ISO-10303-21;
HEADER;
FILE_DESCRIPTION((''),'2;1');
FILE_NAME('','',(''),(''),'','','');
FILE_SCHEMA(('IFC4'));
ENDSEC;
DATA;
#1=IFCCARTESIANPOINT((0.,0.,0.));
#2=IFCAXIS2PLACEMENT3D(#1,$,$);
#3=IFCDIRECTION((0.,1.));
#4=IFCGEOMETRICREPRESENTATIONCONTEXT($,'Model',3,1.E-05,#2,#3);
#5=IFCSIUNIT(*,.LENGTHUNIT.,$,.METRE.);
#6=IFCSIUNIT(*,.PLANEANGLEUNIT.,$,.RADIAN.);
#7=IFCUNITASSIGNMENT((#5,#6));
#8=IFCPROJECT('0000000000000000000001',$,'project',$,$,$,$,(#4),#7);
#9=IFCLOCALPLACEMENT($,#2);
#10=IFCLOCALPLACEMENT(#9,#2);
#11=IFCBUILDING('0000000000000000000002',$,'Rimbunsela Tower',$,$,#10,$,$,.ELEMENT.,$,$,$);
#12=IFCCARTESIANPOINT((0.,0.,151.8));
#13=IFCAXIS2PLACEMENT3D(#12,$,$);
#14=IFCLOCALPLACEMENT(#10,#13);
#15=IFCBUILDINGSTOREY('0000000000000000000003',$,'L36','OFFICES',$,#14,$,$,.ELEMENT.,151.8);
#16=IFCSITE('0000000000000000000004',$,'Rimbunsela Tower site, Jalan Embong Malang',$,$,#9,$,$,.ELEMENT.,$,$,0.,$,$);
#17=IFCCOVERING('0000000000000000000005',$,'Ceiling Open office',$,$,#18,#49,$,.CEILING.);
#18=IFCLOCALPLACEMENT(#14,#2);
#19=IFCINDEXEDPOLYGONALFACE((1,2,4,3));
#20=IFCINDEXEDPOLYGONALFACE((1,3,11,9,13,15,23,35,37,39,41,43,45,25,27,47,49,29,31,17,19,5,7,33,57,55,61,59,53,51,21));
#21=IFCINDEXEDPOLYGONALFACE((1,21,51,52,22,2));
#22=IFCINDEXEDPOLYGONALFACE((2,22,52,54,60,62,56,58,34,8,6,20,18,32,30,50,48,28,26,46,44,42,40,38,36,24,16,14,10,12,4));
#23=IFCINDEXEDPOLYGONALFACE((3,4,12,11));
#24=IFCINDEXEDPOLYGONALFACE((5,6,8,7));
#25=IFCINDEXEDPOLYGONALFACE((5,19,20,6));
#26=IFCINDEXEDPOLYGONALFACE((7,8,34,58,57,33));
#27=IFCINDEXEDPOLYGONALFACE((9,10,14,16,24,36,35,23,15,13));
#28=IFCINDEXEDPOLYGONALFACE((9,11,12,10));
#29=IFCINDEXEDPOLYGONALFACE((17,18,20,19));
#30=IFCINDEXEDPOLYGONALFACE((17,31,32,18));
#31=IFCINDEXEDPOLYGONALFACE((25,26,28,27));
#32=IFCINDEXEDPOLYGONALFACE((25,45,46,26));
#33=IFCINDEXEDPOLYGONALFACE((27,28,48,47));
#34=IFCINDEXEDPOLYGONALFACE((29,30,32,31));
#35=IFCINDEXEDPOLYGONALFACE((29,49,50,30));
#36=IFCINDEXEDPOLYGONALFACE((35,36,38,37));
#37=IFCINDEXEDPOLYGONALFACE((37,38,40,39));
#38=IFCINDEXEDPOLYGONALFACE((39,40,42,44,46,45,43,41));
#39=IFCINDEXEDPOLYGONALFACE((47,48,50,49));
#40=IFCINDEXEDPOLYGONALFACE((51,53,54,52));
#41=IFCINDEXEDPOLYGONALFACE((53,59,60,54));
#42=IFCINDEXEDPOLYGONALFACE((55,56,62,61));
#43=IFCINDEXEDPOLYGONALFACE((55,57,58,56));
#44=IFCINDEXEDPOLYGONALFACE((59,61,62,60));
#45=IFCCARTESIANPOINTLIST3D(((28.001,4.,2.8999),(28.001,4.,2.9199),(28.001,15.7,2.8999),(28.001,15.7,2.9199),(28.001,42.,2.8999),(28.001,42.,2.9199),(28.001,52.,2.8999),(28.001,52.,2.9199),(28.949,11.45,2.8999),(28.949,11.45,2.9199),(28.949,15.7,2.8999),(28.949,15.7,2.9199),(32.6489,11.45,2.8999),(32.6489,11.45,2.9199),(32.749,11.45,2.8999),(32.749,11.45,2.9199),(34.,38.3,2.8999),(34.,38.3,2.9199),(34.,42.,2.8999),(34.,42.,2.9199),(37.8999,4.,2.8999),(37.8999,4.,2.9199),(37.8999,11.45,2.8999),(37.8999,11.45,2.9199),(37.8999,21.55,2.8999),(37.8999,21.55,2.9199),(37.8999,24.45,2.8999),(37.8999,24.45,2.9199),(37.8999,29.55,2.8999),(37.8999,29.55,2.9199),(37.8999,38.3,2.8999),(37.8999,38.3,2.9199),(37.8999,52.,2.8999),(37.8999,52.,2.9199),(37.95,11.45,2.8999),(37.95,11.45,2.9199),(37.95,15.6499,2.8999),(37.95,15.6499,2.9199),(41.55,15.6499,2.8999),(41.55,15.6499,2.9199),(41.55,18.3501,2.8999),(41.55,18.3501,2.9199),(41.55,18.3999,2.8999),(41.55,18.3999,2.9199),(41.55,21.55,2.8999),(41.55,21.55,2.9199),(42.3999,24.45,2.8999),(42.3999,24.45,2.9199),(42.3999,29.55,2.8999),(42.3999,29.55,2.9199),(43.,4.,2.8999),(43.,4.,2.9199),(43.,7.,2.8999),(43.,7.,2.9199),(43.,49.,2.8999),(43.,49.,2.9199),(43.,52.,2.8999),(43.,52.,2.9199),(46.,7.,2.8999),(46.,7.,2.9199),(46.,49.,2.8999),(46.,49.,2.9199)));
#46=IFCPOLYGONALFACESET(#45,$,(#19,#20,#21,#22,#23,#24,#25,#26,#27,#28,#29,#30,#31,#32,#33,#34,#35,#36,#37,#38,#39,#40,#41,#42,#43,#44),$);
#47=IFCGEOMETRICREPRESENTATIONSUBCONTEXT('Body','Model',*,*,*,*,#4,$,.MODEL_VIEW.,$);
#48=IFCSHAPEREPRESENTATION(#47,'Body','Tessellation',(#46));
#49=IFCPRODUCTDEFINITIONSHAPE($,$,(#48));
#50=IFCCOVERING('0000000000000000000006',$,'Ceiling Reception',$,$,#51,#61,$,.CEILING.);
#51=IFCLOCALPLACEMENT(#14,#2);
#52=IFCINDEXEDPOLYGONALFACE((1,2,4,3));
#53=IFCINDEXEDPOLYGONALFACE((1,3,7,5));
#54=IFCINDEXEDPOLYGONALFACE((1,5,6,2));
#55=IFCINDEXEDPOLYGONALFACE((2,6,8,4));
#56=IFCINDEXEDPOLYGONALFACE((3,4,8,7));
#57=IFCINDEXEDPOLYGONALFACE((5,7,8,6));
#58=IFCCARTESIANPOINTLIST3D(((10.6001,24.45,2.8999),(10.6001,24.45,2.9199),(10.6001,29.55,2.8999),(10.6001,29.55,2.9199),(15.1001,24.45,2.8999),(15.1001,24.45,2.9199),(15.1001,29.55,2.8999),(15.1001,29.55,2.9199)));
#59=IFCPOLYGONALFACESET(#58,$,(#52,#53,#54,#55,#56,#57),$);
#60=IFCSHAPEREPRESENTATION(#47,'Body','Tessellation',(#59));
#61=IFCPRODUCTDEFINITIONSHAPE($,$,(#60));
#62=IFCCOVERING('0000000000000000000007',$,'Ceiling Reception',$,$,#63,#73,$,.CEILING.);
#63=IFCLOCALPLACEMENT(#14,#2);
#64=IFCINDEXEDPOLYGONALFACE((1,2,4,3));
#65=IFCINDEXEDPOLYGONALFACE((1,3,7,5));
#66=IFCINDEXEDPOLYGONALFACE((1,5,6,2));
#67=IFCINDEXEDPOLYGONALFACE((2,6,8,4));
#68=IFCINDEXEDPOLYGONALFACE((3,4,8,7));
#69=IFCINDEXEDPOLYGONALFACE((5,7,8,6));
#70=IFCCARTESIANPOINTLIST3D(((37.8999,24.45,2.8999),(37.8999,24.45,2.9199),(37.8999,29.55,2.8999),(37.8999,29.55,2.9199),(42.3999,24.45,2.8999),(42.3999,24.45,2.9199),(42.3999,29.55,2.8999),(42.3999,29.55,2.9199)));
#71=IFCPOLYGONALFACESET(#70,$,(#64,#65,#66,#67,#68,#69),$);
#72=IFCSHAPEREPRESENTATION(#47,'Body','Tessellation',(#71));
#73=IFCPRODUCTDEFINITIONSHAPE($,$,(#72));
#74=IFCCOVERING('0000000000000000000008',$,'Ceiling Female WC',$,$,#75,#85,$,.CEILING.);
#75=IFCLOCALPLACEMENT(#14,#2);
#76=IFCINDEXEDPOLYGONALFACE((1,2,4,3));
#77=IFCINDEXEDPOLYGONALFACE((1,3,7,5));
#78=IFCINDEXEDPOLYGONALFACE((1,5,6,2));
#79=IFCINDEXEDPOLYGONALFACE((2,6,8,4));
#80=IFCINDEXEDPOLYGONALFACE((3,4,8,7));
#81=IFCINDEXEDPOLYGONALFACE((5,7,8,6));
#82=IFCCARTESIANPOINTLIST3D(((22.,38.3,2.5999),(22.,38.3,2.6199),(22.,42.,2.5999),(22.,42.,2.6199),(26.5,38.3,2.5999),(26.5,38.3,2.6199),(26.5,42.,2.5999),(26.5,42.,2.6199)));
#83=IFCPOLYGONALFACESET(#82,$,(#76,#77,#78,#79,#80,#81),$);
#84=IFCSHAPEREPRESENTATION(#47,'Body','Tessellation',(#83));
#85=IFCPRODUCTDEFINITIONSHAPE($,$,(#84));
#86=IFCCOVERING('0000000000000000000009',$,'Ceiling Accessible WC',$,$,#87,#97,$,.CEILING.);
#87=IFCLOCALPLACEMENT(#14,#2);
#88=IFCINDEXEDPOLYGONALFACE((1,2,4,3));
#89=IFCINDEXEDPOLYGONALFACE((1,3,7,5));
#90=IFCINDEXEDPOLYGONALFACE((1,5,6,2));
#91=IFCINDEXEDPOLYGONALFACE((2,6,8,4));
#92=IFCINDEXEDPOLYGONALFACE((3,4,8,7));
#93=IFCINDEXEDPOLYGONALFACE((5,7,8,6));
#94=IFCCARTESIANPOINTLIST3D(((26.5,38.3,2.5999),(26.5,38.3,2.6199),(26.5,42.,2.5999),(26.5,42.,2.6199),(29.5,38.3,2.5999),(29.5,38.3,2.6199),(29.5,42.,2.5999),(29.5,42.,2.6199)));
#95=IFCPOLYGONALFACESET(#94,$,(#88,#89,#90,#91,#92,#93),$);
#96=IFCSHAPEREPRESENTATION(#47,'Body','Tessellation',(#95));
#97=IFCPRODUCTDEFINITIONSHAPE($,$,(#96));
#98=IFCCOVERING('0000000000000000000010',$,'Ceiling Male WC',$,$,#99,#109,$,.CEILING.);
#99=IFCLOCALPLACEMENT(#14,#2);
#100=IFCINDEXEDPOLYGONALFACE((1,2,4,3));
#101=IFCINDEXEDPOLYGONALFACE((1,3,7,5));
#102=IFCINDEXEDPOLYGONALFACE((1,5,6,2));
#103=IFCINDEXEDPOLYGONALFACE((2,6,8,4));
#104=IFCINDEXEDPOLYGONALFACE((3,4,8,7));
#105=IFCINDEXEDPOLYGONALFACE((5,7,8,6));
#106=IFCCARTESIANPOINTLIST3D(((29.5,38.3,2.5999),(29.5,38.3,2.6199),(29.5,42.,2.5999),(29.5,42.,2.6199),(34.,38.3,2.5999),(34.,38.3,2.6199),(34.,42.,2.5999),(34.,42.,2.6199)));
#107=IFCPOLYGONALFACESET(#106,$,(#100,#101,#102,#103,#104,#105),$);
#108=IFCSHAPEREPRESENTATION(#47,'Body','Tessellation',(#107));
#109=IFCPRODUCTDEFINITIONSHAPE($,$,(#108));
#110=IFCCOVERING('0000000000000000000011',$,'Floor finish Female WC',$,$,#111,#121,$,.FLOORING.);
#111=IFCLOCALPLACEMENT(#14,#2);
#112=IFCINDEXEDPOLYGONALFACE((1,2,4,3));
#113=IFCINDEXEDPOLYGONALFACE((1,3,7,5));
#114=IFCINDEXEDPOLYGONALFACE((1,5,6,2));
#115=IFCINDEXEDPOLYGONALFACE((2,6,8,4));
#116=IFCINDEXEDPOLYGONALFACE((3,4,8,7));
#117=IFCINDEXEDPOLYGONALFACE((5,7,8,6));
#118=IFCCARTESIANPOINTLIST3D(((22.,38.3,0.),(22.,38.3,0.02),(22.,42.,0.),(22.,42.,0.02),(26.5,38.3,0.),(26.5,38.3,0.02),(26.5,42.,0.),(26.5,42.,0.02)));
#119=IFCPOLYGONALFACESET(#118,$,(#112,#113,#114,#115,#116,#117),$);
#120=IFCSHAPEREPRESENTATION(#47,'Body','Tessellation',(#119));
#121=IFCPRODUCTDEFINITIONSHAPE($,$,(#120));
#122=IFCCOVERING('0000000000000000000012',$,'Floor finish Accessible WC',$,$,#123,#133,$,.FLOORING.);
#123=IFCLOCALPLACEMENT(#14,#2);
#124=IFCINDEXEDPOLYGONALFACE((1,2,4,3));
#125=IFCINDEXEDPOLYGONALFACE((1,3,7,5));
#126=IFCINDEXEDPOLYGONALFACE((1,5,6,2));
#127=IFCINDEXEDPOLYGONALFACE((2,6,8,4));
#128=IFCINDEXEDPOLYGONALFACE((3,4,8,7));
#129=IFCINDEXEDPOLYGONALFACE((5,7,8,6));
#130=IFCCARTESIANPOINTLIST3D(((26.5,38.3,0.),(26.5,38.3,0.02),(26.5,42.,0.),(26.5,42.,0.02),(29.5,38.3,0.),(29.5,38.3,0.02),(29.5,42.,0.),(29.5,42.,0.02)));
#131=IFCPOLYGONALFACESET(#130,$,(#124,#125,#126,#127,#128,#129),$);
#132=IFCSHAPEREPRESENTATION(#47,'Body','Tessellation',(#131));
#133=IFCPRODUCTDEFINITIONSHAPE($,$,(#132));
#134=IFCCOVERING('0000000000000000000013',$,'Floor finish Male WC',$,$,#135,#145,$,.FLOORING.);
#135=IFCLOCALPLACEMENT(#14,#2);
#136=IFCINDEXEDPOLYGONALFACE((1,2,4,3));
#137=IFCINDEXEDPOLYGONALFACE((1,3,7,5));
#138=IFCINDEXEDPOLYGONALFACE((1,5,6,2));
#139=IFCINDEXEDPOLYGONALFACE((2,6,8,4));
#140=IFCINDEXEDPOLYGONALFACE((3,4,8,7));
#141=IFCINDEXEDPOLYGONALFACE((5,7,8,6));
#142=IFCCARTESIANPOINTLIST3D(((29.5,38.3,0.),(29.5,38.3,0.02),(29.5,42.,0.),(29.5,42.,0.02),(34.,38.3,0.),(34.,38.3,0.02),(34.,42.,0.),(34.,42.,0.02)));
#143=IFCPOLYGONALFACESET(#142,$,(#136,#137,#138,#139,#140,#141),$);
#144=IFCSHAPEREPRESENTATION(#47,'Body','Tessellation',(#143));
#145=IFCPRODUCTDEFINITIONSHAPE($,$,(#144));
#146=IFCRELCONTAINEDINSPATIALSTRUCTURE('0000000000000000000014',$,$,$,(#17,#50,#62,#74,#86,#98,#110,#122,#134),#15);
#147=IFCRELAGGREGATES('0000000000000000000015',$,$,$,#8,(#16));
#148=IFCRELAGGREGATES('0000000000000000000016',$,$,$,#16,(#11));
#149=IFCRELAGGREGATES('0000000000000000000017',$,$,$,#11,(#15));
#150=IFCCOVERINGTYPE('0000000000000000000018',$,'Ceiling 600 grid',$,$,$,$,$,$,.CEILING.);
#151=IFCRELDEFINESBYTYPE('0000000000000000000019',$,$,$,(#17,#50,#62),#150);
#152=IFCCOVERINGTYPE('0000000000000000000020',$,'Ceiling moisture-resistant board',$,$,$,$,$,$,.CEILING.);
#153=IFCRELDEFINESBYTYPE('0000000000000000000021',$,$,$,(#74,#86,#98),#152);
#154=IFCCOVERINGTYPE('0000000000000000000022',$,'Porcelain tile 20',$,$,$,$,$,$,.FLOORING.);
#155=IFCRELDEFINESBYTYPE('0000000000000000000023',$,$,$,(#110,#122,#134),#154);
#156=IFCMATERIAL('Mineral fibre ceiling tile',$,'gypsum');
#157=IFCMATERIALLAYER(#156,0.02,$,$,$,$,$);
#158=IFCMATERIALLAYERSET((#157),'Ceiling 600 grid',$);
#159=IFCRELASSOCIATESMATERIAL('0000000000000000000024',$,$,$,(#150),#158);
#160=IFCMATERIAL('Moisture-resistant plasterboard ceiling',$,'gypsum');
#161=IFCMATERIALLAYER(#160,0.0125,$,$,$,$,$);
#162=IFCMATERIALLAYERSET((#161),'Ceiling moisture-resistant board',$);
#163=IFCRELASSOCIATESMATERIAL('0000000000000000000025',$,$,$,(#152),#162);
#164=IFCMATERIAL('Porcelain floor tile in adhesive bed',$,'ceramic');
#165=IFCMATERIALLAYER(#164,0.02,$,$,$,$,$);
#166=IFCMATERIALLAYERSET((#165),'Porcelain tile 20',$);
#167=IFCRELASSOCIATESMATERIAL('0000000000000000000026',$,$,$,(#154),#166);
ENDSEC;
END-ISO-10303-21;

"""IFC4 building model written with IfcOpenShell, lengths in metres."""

from ifc_helpers import new_model, si_unit, direction, frame, origin, place, context, subcontext, project, spatial, polyline, outline, extrude, material, layer, layer_set, type_object, element, save


model = new_model("IFC4")

# Units and contexts
model_context = context("Model", 3, precision=1e-05, world=origin(), true_north=direction((0.0, 1.0)))
body_context = subcontext(model_context, "Body", "Model", "MODEL_VIEW")
ifc_project = project(units=[si_unit("LENGTHUNIT", "METRE"), si_unit("PLANEANGLEUNIT", "RADIAN")], contexts=[model_context])

# Site, building, storey
site_placement = place(None, origin())
site = spatial("IfcSite", under=ifc_project, at=site_placement, Name="Rimbunsela Tower site, Jalan Embong Malang", CompositionType="ELEMENT", RefElevation=0.0)
building_placement = place(site_placement, origin())
building = spatial("IfcBuilding", under=site, at=building_placement, Name="Rimbunsela Tower", CompositionType="ELEMENT")
storey_placement = place(building_placement, frame((0.0, 0.0, 151.8)))
storey = spatial("IfcBuildingStorey", under=building, at=storey_placement, Name="L36", Description="OFFICES", CompositionType="ELEMENT", Elevation=151.8)

# Coverings
ifc_material_1 = material(Name="Mineral fibre ceiling tile", Category="gypsum")
ifc_layer_1 = layer(ifc_material_1, 0.02)
ifc_layer_set_1 = layer_set([ifc_layer_1], Name="Ceiling 600 grid")
covering_type_1 = type_object("IfcCoveringType", Name="Ceiling 600 grid", PredefinedType="CEILING", material=ifc_layer_set_1)
covering_1_placement = place(storey_placement, frame((0.0, 0.0, 2.8999)))
element("IfcCovering", 1, at=covering_1_placement, inside=storey, type_object=covering_type_1, Name="Ceiling Open office", PredefinedType="CEILING", context=body_context, shape_type="SweptSolid", body=[
    extrude(outline(polyline([(28.001, 15.7), (28.949, 15.7), (28.949, 11.45), (32.6489, 11.45), (32.749, 11.45), (37.8999, 11.45), (37.95, 11.45), (37.95, 15.6499), (41.55, 15.6499), (41.55, 18.3501), (41.55, 18.3999), (41.55, 21.55), (37.8999, 21.55), (37.8999, 24.45), (42.3999, 24.45), (42.3999, 29.55), (37.8999, 29.55), (37.8999, 38.3), (34.0, 38.3), (34.0, 42.0), (28.001, 42.0), (28.001, 52.0), (37.8999, 52.0), (43.0, 52.0), (43.0, 49.0), (46.0, 49.0), (46.0, 7.0), (43.0, 7.0), (43.0, 4.0), (37.8999, 4.0), (28.001, 4.0), (28.001, 15.7)])), origin(), (0.0, 0.0, 1.0), 0.02),
])
covering_2_placement = place(storey_placement, frame((0.0, 0.0, 2.8999)))
element("IfcCovering", 2, at=covering_2_placement, inside=storey, type_object=covering_type_1, Name="Ceiling Reception", PredefinedType="CEILING", context=body_context, shape_type="SweptSolid", body=[
    extrude(outline(polyline([(15.1001, 24.45), (15.1001, 29.55), (10.6001, 29.55), (10.6001, 24.45), (15.1001, 24.45)])), origin(), (0.0, 0.0, 1.0), 0.02),
])
covering_3_placement = place(storey_placement, frame((0.0, 0.0, 2.8999)))
element("IfcCovering", 3, at=covering_3_placement, inside=storey, type_object=covering_type_1, Name="Ceiling Reception", PredefinedType="CEILING", context=body_context, shape_type="SweptSolid", body=[
    extrude(outline(polyline([(42.3999, 24.45), (42.3999, 29.55), (37.8999, 29.55), (37.8999, 24.45), (42.3999, 24.45)])), origin(), (0.0, 0.0, 1.0), 0.02),
])
ifc_material_2 = material(Name="Moisture-resistant plasterboard ceiling", Category="gypsum")
ifc_layer_2 = layer(ifc_material_2, 0.0125)
ifc_layer_set_2 = layer_set([ifc_layer_2], Name="Ceiling moisture-resistant board")
covering_type_2 = type_object("IfcCoveringType", Name="Ceiling moisture-resistant board", PredefinedType="CEILING", material=ifc_layer_set_2)
covering_4_placement = place(storey_placement, frame((0.0, 0.0, 2.5999)))
element("IfcCovering", 4, at=covering_4_placement, inside=storey, type_object=covering_type_2, Name="Ceiling Female WC", PredefinedType="CEILING", context=body_context, shape_type="SweptSolid", body=[
    extrude(outline(polyline([(26.5, 38.3), (26.5, 42.0), (22.0, 42.0), (22.0, 38.3), (26.5, 38.3)])), origin(), (0.0, 0.0, 1.0), 0.02),
])
covering_5_placement = place(storey_placement, frame((0.0, 0.0, 2.5999)))
element("IfcCovering", 5, at=covering_5_placement, inside=storey, type_object=covering_type_2, Name="Ceiling Accessible WC", PredefinedType="CEILING", context=body_context, shape_type="SweptSolid", body=[
    extrude(outline(polyline([(29.5, 38.3), (29.5, 42.0), (26.5, 42.0), (26.5, 38.3), (29.5, 38.3)])), origin(), (0.0, 0.0, 1.0), 0.02),
])
covering_6_placement = place(storey_placement, frame((0.0, 0.0, 2.5999)))
element("IfcCovering", 6, at=covering_6_placement, inside=storey, type_object=covering_type_2, Name="Ceiling Male WC", PredefinedType="CEILING", context=body_context, shape_type="SweptSolid", body=[
    extrude(outline(polyline([(34.0, 38.3), (34.0, 42.0), (29.5, 42.0), (29.5, 38.3), (34.0, 38.3)])), origin(), (0.0, 0.0, 1.0), 0.02),
])
ifc_material_3 = material(Name="Porcelain floor tile in adhesive bed", Category="ceramic")
ifc_layer_3 = layer(ifc_material_3, 0.02)
ifc_layer_set_3 = layer_set([ifc_layer_3], Name="Porcelain tile 20")
covering_type_3 = type_object("IfcCoveringType", Name="Porcelain tile 20", PredefinedType="FLOORING", material=ifc_layer_set_3)
covering_7_placement = place(storey_placement, origin())
element("IfcCovering", 7, at=covering_7_placement, inside=storey, type_object=covering_type_3, Name="Floor finish Female WC", PredefinedType="FLOORING", context=body_context, shape_type="SweptSolid", body=[
    extrude(outline(polyline([(26.5, 38.3), (26.5, 42.0), (22.0, 42.0), (22.0, 38.3), (26.5, 38.3)])), origin(), (0.0, 0.0, 1.0), 0.02),
])
covering_8_placement = place(storey_placement, origin())
element("IfcCovering", 8, at=covering_8_placement, inside=storey, type_object=covering_type_3, Name="Floor finish Accessible WC", PredefinedType="FLOORING", context=body_context, shape_type="SweptSolid", body=[
    extrude(outline(polyline([(29.5, 38.3), (29.5, 42.0), (26.5, 42.0), (26.5, 38.3), (29.5, 38.3)])), origin(), (0.0, 0.0, 1.0), 0.02),
])
covering_9_placement = place(storey_placement, origin())
element("IfcCovering", 9, at=covering_9_placement, inside=storey, type_object=covering_type_3, Name="Floor finish Male WC", PredefinedType="FLOORING", context=body_context, shape_type="SweptSolid", body=[
    extrude(outline(polyline([(34.0, 38.3), (34.0, 42.0), (29.5, 42.0), (29.5, 38.3), (34.0, 38.3)])), origin(), (0.0, 0.0, 1.0), 0.02),
])

save(model, "model.ifc")
